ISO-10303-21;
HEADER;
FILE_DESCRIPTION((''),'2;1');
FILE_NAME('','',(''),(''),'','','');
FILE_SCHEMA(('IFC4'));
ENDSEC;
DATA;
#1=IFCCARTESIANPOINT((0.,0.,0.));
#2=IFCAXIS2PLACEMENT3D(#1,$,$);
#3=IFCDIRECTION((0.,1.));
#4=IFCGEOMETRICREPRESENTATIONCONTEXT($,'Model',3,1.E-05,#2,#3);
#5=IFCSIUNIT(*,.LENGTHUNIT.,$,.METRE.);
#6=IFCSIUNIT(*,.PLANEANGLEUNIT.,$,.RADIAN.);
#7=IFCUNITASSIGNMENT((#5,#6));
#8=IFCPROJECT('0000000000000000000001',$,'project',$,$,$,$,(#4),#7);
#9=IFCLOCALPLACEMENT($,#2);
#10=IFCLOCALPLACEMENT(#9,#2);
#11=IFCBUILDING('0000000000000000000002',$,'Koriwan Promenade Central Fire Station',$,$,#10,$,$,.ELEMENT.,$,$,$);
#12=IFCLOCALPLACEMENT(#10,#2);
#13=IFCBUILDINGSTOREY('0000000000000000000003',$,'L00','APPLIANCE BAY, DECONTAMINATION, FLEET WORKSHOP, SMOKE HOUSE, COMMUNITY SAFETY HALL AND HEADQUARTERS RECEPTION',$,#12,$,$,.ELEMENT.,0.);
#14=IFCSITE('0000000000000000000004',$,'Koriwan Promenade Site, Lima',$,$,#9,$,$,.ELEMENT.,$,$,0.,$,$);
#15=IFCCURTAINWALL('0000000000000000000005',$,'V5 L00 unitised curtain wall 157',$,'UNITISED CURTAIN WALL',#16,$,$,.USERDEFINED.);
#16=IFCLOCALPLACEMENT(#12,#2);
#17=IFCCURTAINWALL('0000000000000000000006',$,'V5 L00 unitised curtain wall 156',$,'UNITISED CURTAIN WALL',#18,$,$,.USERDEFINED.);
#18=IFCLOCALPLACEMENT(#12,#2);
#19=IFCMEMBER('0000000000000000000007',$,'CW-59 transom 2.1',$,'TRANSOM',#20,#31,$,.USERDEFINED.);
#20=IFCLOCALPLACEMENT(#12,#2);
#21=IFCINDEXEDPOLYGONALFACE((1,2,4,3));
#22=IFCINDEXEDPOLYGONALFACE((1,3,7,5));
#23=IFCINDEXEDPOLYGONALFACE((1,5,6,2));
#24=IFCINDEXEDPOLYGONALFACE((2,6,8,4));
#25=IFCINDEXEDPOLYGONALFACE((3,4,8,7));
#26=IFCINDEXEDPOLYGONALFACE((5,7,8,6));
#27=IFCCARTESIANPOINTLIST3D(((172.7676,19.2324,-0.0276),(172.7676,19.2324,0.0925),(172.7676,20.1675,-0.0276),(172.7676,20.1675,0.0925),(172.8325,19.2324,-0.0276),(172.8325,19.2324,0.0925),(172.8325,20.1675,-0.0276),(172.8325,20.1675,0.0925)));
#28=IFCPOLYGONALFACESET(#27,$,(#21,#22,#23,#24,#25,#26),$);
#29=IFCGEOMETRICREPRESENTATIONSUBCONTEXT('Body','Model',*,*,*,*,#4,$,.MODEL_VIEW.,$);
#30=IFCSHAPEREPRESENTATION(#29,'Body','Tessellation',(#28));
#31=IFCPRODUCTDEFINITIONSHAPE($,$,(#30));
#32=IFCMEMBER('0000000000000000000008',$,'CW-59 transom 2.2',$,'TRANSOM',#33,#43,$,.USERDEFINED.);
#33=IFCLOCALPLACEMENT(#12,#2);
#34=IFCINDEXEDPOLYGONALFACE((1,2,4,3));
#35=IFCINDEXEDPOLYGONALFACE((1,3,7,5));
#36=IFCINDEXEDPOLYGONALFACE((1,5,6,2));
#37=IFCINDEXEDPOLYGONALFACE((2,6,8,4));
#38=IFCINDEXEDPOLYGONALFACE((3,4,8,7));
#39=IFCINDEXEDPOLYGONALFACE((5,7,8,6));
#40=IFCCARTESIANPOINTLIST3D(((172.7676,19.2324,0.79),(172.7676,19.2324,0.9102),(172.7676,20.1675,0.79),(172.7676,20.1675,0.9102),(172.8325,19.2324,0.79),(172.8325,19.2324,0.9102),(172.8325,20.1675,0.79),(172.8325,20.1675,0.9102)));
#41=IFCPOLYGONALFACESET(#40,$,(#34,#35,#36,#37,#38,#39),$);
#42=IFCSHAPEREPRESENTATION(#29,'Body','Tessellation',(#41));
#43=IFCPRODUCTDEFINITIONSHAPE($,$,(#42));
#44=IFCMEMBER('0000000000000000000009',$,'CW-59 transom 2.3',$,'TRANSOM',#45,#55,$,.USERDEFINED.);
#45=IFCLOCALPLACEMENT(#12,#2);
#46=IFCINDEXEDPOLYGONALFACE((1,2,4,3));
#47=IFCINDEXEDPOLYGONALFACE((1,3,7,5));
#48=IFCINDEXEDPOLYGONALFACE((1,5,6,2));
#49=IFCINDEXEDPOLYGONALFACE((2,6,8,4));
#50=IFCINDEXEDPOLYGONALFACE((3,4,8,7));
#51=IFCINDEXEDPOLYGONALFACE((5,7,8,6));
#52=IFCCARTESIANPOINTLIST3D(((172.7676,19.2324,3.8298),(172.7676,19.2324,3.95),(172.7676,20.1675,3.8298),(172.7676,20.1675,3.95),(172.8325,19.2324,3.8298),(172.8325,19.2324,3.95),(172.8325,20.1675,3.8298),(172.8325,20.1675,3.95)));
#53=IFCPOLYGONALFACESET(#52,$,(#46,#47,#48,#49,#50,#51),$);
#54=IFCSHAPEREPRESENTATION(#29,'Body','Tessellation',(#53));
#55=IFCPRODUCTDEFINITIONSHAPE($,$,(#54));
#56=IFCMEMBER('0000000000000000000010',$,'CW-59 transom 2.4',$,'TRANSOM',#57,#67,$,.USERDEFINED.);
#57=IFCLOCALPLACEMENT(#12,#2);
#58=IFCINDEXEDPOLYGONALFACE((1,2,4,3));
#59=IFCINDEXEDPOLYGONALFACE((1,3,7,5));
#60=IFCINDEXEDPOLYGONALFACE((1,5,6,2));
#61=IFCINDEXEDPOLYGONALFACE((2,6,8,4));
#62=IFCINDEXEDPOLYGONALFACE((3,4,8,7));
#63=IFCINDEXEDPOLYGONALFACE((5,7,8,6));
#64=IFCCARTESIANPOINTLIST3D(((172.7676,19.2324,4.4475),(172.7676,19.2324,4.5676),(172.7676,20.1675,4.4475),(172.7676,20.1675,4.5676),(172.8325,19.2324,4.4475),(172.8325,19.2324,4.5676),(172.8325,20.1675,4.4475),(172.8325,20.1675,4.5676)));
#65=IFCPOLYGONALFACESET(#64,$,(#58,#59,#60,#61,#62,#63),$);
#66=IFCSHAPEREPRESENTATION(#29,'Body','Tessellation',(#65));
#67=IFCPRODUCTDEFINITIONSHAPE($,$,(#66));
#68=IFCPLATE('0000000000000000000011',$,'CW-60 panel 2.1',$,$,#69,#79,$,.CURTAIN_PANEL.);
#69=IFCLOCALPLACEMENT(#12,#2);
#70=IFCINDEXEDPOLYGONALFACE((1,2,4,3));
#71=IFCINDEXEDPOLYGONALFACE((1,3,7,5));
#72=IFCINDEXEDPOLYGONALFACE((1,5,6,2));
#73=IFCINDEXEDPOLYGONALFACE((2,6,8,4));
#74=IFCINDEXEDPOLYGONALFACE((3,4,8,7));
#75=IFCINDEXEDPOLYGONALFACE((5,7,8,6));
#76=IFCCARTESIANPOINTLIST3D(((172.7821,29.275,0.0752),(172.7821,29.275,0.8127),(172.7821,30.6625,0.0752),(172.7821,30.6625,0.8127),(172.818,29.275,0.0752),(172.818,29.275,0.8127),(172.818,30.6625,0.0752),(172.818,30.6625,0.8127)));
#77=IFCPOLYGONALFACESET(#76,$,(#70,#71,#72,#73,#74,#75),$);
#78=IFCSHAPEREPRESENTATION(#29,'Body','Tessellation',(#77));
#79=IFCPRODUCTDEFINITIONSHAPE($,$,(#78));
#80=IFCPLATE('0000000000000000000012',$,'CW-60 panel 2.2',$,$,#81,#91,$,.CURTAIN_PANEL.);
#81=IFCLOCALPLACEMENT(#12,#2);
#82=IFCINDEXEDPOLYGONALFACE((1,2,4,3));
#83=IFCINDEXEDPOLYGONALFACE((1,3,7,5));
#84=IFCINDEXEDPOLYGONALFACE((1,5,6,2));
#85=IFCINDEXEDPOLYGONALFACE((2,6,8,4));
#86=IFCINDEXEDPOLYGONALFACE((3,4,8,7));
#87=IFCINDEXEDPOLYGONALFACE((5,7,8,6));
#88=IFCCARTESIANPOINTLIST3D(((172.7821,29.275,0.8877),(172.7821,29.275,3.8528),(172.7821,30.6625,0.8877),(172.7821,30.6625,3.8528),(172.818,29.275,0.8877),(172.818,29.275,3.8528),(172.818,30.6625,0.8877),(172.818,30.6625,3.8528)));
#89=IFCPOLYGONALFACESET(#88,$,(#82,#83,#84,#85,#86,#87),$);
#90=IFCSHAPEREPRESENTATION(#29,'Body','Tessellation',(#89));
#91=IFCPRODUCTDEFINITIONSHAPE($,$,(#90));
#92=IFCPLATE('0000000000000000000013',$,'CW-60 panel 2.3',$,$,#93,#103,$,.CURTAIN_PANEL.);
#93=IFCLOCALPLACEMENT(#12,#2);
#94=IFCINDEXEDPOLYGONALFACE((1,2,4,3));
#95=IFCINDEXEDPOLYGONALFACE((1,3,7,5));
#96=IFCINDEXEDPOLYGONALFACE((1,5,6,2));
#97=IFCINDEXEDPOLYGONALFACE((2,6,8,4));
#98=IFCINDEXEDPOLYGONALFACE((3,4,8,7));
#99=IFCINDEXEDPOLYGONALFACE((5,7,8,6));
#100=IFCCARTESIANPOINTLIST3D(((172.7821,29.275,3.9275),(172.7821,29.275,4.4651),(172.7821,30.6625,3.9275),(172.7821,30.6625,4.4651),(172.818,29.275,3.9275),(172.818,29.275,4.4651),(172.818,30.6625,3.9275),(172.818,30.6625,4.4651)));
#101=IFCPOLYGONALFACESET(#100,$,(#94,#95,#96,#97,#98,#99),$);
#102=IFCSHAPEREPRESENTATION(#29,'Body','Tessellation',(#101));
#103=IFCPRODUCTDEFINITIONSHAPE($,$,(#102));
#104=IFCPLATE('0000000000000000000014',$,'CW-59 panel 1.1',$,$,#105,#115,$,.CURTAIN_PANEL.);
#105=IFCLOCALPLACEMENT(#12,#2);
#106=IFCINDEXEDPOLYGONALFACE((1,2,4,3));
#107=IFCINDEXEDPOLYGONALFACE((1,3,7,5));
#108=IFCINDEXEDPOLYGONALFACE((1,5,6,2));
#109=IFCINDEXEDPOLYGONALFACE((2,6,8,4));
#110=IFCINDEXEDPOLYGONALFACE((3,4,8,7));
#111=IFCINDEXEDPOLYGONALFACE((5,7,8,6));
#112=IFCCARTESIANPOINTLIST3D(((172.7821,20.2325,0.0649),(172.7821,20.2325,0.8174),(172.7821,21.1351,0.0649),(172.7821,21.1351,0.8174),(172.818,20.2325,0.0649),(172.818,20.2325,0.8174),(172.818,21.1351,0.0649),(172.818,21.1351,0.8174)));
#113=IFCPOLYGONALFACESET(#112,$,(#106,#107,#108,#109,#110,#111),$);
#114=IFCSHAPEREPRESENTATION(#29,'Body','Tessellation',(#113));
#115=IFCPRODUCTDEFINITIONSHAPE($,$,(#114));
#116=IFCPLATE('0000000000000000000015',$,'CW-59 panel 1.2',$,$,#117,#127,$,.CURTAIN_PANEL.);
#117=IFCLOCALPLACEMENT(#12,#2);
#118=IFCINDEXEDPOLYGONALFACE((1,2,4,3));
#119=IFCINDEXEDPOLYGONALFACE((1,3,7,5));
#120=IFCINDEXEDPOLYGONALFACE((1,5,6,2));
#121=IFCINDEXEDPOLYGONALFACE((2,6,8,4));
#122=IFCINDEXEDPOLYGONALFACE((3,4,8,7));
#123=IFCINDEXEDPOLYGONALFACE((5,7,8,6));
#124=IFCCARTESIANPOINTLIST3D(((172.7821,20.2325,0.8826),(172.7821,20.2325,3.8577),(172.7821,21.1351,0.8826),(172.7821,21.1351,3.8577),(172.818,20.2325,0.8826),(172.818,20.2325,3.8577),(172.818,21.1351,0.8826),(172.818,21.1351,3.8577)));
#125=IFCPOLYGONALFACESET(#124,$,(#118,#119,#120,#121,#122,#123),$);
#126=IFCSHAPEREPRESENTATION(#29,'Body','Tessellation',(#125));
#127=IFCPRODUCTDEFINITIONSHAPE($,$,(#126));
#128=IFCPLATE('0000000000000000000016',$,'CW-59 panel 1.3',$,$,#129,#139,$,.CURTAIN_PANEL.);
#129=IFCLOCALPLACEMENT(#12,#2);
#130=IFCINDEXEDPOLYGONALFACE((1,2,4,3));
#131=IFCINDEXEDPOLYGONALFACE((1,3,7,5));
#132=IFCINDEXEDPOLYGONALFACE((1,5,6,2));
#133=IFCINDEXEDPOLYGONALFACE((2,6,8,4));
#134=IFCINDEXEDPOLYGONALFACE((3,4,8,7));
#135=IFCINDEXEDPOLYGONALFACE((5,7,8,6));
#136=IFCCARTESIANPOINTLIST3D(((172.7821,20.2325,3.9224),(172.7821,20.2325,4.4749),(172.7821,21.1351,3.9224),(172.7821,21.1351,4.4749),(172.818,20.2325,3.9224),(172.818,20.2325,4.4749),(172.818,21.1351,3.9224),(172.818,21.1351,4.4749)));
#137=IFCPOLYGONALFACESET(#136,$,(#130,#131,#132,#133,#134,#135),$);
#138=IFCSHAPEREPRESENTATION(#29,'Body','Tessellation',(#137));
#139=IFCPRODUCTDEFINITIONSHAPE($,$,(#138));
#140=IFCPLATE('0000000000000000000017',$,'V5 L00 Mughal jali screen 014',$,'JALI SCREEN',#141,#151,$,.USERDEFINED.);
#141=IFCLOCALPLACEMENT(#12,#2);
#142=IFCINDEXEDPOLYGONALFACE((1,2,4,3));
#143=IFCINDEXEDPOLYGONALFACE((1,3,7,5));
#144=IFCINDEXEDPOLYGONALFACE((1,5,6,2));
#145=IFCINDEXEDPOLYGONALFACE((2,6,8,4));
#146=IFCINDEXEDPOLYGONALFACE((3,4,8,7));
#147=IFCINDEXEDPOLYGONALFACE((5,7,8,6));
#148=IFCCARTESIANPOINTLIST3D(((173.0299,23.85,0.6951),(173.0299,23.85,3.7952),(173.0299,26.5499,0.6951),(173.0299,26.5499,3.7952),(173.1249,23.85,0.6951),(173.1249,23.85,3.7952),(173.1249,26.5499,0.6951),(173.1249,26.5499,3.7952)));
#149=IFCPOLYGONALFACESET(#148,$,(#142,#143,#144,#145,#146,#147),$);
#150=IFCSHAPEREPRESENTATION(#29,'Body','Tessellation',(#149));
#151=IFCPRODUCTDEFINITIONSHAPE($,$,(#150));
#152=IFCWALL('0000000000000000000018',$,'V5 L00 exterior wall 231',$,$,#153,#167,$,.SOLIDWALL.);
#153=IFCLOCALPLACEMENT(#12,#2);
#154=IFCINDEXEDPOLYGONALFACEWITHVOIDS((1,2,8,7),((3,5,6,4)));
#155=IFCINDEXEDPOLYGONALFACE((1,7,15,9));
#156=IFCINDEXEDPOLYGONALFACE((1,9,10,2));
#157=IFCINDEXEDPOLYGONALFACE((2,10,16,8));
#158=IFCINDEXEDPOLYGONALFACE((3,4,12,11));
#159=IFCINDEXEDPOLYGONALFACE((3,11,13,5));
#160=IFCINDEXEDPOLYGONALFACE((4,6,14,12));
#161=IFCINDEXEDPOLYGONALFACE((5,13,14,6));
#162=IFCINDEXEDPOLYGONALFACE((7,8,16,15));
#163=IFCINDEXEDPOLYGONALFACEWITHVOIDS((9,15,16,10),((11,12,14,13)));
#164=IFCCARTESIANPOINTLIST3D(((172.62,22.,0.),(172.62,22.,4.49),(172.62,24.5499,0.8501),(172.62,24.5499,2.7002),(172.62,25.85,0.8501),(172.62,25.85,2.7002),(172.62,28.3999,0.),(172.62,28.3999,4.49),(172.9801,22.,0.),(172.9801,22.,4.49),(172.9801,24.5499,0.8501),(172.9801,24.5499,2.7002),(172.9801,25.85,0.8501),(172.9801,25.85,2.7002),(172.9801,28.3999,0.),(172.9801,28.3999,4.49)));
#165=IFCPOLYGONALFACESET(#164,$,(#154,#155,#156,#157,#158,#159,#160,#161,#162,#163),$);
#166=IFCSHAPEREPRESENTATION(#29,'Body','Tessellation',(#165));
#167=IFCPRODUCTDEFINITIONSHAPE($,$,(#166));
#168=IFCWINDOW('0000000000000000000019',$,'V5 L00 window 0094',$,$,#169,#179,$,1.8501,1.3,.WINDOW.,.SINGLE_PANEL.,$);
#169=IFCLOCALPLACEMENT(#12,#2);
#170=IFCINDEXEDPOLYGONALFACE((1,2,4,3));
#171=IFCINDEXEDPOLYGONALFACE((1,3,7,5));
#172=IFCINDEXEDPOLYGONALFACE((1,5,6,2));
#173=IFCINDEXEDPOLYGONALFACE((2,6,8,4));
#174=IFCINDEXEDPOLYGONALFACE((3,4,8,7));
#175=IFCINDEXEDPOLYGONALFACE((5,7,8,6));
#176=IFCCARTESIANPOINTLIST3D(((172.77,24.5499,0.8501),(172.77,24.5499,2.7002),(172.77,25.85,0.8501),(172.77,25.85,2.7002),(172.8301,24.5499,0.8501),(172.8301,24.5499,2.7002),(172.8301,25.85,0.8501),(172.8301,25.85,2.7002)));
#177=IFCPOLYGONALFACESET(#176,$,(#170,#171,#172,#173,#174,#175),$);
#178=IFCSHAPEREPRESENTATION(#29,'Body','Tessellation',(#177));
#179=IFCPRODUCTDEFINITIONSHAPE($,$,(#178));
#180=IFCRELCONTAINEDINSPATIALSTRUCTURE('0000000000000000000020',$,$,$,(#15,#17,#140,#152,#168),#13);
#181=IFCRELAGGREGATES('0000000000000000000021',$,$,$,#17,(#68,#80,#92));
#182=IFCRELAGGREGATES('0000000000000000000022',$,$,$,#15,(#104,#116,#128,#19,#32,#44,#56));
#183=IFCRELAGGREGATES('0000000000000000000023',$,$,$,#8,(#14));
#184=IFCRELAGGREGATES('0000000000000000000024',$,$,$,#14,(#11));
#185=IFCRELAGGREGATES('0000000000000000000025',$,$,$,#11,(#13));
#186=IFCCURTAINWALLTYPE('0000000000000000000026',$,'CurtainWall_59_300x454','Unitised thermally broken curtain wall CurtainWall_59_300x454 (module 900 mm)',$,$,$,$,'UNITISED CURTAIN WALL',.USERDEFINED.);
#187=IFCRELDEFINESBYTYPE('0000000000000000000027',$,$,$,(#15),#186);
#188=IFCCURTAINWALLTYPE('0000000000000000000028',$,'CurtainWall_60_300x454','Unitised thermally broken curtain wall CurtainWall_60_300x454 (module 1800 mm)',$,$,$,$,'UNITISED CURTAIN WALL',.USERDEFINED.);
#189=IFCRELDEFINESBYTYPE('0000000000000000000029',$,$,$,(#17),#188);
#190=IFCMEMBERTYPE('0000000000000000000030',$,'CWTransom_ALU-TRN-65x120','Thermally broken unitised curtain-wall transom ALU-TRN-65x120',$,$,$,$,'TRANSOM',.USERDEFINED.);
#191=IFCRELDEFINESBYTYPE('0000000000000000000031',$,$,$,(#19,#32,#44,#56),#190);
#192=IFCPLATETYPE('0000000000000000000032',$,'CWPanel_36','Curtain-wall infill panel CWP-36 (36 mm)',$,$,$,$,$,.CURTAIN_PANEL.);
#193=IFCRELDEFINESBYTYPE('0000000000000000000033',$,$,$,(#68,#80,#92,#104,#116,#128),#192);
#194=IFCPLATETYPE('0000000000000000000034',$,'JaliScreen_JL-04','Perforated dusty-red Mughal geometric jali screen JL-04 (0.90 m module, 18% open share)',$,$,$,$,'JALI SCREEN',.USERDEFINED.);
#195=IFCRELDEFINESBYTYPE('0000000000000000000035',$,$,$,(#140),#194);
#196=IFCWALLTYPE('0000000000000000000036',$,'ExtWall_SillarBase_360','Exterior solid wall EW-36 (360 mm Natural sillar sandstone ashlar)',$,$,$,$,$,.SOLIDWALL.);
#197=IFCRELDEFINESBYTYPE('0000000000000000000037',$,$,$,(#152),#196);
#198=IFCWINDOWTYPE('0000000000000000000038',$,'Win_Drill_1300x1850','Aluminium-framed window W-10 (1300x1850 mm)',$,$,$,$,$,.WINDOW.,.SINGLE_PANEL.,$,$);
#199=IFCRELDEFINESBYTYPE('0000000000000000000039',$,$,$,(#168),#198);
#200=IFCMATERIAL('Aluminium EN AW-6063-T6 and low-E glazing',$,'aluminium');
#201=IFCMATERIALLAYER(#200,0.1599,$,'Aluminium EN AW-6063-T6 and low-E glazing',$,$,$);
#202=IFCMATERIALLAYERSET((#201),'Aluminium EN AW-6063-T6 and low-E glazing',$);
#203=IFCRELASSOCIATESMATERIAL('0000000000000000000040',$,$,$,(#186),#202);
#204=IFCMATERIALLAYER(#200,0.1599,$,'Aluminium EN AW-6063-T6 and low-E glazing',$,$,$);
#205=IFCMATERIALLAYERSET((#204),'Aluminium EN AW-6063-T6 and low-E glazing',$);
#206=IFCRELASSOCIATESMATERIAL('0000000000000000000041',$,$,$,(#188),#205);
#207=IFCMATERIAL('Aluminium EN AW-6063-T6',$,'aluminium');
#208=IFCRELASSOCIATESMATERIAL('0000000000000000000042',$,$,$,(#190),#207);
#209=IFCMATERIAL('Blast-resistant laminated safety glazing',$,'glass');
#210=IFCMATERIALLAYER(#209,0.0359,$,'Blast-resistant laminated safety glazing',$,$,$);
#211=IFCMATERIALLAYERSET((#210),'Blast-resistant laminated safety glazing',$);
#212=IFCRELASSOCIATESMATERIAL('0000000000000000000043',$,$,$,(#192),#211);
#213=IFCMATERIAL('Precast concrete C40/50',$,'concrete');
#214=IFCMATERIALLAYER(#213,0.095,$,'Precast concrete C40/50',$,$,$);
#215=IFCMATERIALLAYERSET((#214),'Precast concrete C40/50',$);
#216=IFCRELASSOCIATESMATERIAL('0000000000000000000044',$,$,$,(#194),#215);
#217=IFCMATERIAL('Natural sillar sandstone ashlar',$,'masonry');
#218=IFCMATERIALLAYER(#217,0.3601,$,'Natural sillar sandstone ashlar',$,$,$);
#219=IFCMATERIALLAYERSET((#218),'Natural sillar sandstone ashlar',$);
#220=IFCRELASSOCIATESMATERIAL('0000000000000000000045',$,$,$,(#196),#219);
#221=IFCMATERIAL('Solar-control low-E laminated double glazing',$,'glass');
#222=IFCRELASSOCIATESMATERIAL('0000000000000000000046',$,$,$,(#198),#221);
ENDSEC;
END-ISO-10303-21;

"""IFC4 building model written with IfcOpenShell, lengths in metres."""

from ifc_helpers import new_model, si_unit, direction, frame, frame_2d, origin, origin_2d, place, context, subcontext, project, spatial, rectangle, extrude, material, layer, layer_set, material_profile, profile_set, type_object, element, fill, aggregate, save


model = new_model("IFC4")

# Units and contexts
model_context = context("Model", 3, precision=1e-05, world=origin(), true_north=direction((0.0, 1.0)))
body_context = subcontext(model_context, "Body", "Model", "MODEL_VIEW")
ifc_project = project(units=[si_unit("LENGTHUNIT", "METRE"), si_unit("PLANEANGLEUNIT", "RADIAN")], contexts=[model_context])

# Site, building, storey
site_placement = place(None, origin())
site = spatial("IfcSite", under=ifc_project, at=site_placement, Name="Koriwan Promenade Site, Lima", CompositionType="ELEMENT", RefElevation=0.0)
building_placement = place(site_placement, origin())
building = spatial("IfcBuilding", under=site, at=building_placement, Name="Koriwan Promenade Central Fire Station", CompositionType="ELEMENT")
storey_placement = place(building_placement, origin())
storey = spatial("IfcBuildingStorey", under=building, at=storey_placement, Name="L00", Description="APPLIANCE BAY, DECONTAMINATION, FLEET WORKSHOP, SMOKE HOUSE, COMMUNITY SAFETY HALL AND HEADQUARTERS RECEPTION", CompositionType="ELEMENT", Elevation=0.0)

# Curtain wall
ifc_material_1 = material(Name="Aluminium EN AW-6063-T6 and low-E glazing", Category="aluminium")
ifc_layer_1 = layer(ifc_material_1, 0.1599, Name="Aluminium EN AW-6063-T6 and low-E glazing")
ifc_layer_set_1 = layer_set([ifc_layer_1], Name="Aluminium EN AW-6063-T6 and low-E glazing")
curtain_wall_type_1 = type_object("IfcCurtainWallType", Name="CurtainWall_59_300x454", Description="Unitised thermally broken curtain wall CurtainWall_59_300x454 (module 900 mm)", ElementType="UNITISED CURTAIN WALL", PredefinedType="USERDEFINED", material=ifc_layer_set_1)
curtain_wall_1_placement = place(storey_placement, origin())
curtain_wall_1 = element("IfcCurtainWall", 1, at=curtain_wall_1_placement, inside=storey, type_object=curtain_wall_type_1, Name="V5 L00 unitised curtain wall 157", ObjectType="UNITISED CURTAIN WALL", PredefinedType="USERDEFINED")
ifc_material_2 = material(Name="Aluminium EN AW-6063-T6", Category="aluminium")

# Curtain wall
ifc_layer_2 = layer(ifc_material_1, 0.1599, Name="Aluminium EN AW-6063-T6 and low-E glazing")
ifc_layer_set_2 = layer_set([ifc_layer_2], Name="Aluminium EN AW-6063-T6 and low-E glazing")
curtain_wall_type_2 = type_object("IfcCurtainWallType", Name="CurtainWall_60_300x454", Description="Unitised thermally broken curtain wall CurtainWall_60_300x454 (module 1800 mm)", ElementType="UNITISED CURTAIN WALL", PredefinedType="USERDEFINED", material=ifc_layer_set_2)
curtain_wall_2_placement = place(storey_placement, origin())
curtain_wall_2 = element("IfcCurtainWall", 2, at=curtain_wall_2_placement, inside=storey, type_object=curtain_wall_type_2, Name="V5 L00 unitised curtain wall 156", ObjectType="UNITISED CURTAIN WALL", PredefinedType="USERDEFINED")

# Members
ifc_material_profile_1 = material_profile(ifc_material_2, rectangle(XDim=0.0649, YDim=0.1201, at=origin_2d()), Name="ALU-TRN-65x120")
ifc_profile_set_1 = profile_set([ifc_material_profile_1], Name="Aluminium EN AW-6063-T6")
member_type_1 = type_object("IfcMemberType", Name="CWTransom_ALU-TRN-65x120", Description="Thermally broken unitised curtain-wall transom ALU-TRN-65x120", ElementType="TRANSOM", PredefinedType="USERDEFINED", material=ifc_profile_set_1)
member_1_placement = place(storey_placement, frame((172.8, 20.1675, 0.0325), z_axis=(0.0, -1.0, 0.0), x_axis=(1.0, 0.0, 0.0)))
member_1 = element("IfcMember", 3, at=member_1_placement, type_object=member_type_1, Name="CW-59 transom 2.1", ObjectType="TRANSOM", PredefinedType="USERDEFINED", context=body_context, shape_type="SweptSolid", body=[
    extrude(rectangle(XDim=0.0649, YDim=0.1201, at=origin_2d()), origin(), (0.0, 0.0, 1.0), 0.9351),
])
member_2_placement = place(storey_placement, frame((172.8, 20.1675, 0.8501), z_axis=(0.0, -1.0, 0.0), x_axis=(1.0, 0.0, 0.0)))
member_2 = element("IfcMember", 4, at=member_2_placement, type_object=member_type_1, Name="CW-59 transom 2.2", ObjectType="TRANSOM", PredefinedType="USERDEFINED", context=body_context, shape_type="SweptSolid", body=[
    extrude(rectangle(XDim=0.0649, YDim=0.1201, at=origin_2d()), origin(), (0.0, 0.0, 1.0), 0.9351),
])
member_3_placement = place(storey_placement, frame((172.8, 20.1675, 3.8899), z_axis=(0.0, -1.0, 0.0), x_axis=(1.0, 0.0, 0.0)))
member_3 = element("IfcMember", 5, at=member_3_placement, type_object=member_type_1, Name="CW-59 transom 2.3", ObjectType="TRANSOM", PredefinedType="USERDEFINED", context=body_context, shape_type="SweptSolid", body=[
    extrude(rectangle(XDim=0.0649, YDim=0.1201, at=origin_2d()), origin(), (0.0, 0.0, 1.0), 0.9351),
])
member_4_placement = place(storey_placement, frame((172.8, 20.1675, 4.5076), z_axis=(0.0, -1.0, 0.0), x_axis=(1.0, 0.0, 0.0)))
member_4 = element("IfcMember", 6, at=member_4_placement, type_object=member_type_1, Name="CW-59 transom 2.4", ObjectType="TRANSOM", PredefinedType="USERDEFINED", context=body_context, shape_type="SweptSolid", body=[
    extrude(rectangle(XDim=0.0649, YDim=0.1201, at=origin_2d()), origin(), (0.0, 0.0, 1.0), 0.9351),
])

# Plates
ifc_material_3 = material(Name="Blast-resistant laminated safety glazing", Category="glass")
ifc_layer_3 = layer(ifc_material_3, 0.0359, Name="Blast-resistant laminated safety glazing")
ifc_layer_set_3 = layer_set([ifc_layer_3], Name="Blast-resistant laminated safety glazing")
plate_type_1 = type_object("IfcPlateType", Name="CWPanel_36", Description="Curtain-wall infill panel CWP-36 (36 mm)", PredefinedType="CURTAIN_PANEL", material=ifc_layer_set_3)
plate_1_placement = place(storey_placement, frame((172.8, 29.9688, 0.0752), z_axis=(0.0, 0.0, 1.0), x_axis=(0.0, -1.0, 0.0)))
plate_1 = element("IfcPlate", 7, at=plate_1_placement, type_object=plate_type_1, Name="CW-60 panel 2.1", PredefinedType="CURTAIN_PANEL", context=body_context, shape_type="SweptSolid", body=[
    extrude(rectangle(XDim=1.3875, YDim=0.0359, at=origin_2d()), origin(), (0.0, 0.0, 1.0), 0.7375),
])
plate_2_placement = place(storey_placement, frame((172.8, 29.9688, 0.8877), z_axis=(0.0, 0.0, 1.0), x_axis=(0.0, -1.0, 0.0)))
plate_2 = element("IfcPlate", 8, at=plate_2_placement, type_object=plate_type_1, Name="CW-60 panel 2.2", PredefinedType="CURTAIN_PANEL", context=body_context, shape_type="SweptSolid", body=[
    extrude(rectangle(XDim=1.3875, YDim=0.0359, at=origin_2d()), origin(), (0.0, 0.0, 1.0), 2.9651),
])
plate_3_placement = place(storey_placement, frame((172.8, 29.9688, 3.9275), z_axis=(0.0, 0.0, 1.0), x_axis=(0.0, -1.0, 0.0)))
plate_3 = element("IfcPlate", 9, at=plate_3_placement, type_object=plate_type_1, Name="CW-60 panel 2.3", PredefinedType="CURTAIN_PANEL", context=body_context, shape_type="SweptSolid", body=[
    extrude(rectangle(XDim=1.3875, YDim=0.0359, at=origin_2d()), origin(), (0.0, 0.0, 1.0), 0.5376),
])
aggregate(curtain_wall_2, [plate_1, plate_2, plate_3])
plate_4_placement = place(storey_placement, frame((172.8, 20.6838, 0.0649), z_axis=(0.0, 0.0, 1.0), x_axis=(0.0, -1.0, 0.0)))
plate_4 = element("IfcPlate", 10, at=plate_4_placement, type_object=plate_type_1, Name="CW-59 panel 1.1", PredefinedType="CURTAIN_PANEL", context=body_context, shape_type="SweptSolid", body=[
    extrude(rectangle(XDim=0.9026, YDim=0.0359, at=origin_2d()), origin(), (0.0, 0.0, 1.0), 0.7524),
])
plate_5_placement = place(storey_placement, frame((172.8, 20.6838, 0.8826), z_axis=(0.0, 0.0, 1.0), x_axis=(0.0, -1.0, 0.0)))
plate_5 = element("IfcPlate", 11, at=plate_5_placement, type_object=plate_type_1, Name="CW-59 panel 1.2", PredefinedType="CURTAIN_PANEL", context=body_context, shape_type="SweptSolid", body=[
    extrude(rectangle(XDim=0.9026, YDim=0.0359, at=origin_2d()), origin(), (0.0, 0.0, 1.0), 2.9751),
])
plate_6_placement = place(storey_placement, frame((172.8, 20.6838, 3.9224), z_axis=(0.0, 0.0, 1.0), x_axis=(0.0, -1.0, 0.0)))
plate_6 = element("IfcPlate", 12, at=plate_6_placement, type_object=plate_type_1, Name="CW-59 panel 1.3", PredefinedType="CURTAIN_PANEL", context=body_context, shape_type="SweptSolid", body=[
    extrude(rectangle(XDim=0.9026, YDim=0.0359, at=origin_2d()), origin(), (0.0, 0.0, 1.0), 0.5525),
])
aggregate(curtain_wall_1, [plate_4, plate_5, plate_6, member_1, member_2, member_3, member_4])
ifc_material_4 = material(Name="Precast concrete C40/50", Category="concrete")
ifc_layer_4 = layer(ifc_material_4, 0.095, Name="Precast concrete C40/50")
ifc_layer_set_4 = layer_set([ifc_layer_4], Name="Precast concrete C40/50")
plate_type_2 = type_object("IfcPlateType", Name="JaliScreen_JL-04", Description="Perforated dusty-red Mughal geometric jali screen JL-04 (0.90 m module, 18% open share)", ElementType="JALI SCREEN", PredefinedType="USERDEFINED", material=ifc_layer_set_4)
plate_7_placement = place(storey_placement, frame((173.0774, 25.2, 0.6951), z_axis=(0.0, 0.0, 1.0), x_axis=(0.0, -1.0, 0.0)))
element("IfcPlate", 13, at=plate_7_placement, inside=storey, type_object=plate_type_2, Name="V5 L00 Mughal jali screen 014", ObjectType="JALI SCREEN", PredefinedType="USERDEFINED", context=body_context, shape_type="SweptSolid", body=[
    extrude(rectangle(XDim=2.7, YDim=0.095, at=origin_2d()), origin(), (0.0, 0.0, 1.0), 3.1001),
])

# Wall, opening, window
ifc_material_5 = material(Name="Natural sillar sandstone ashlar", Category="masonry")
ifc_layer_5 = layer(ifc_material_5, 0.3601, Name="Natural sillar sandstone ashlar")
ifc_layer_set_5 = layer_set([ifc_layer_5], Name="Natural sillar sandstone ashlar")
wall_type_1 = type_object("IfcWallType", Name="ExtWall_SillarBase_360", Description="Exterior solid wall EW-36 (360 mm Natural sillar sandstone ashlar)", PredefinedType="SOLIDWALL", material=ifc_layer_set_5)
wall_1_placement = place(storey_placement, frame((172.8, 28.3999, 0.0), z_axis=(0.0, 0.0, 1.0), x_axis=(0.0, -1.0, 0.0)))
wall_1 = element("IfcWall", 14, at=wall_1_placement, inside=storey, type_object=wall_type_1, Name="V5 L00 exterior wall 231", PredefinedType="SOLIDWALL", context=body_context, shape_type="SweptSolid", body=[
    extrude(rectangle(XDim=6.3999, YDim=0.3601, at=frame_2d((3.2, 0.0))), origin(), (0.0, 0.0, 1.0), 4.49),
])
opening_placement = place(wall_1_placement, frame((2.55, 0.0, 0.8501)))
opening = element("IfcOpeningElement", 15, at=opening_placement, cuts=wall_1, PredefinedType="OPENING", context=body_context, shape_type="SweptSolid", body=[
    extrude(rectangle(XDim=1.3, YDim=1.8501, at=frame_2d((0.6499, 0.925))), frame((0.0, 0.1919, 0.0), z_axis=(0.0, -1.0, 0.0), x_axis=(1.0, 0.0, 0.0)), (0.0, 0.0, 1.0), 0.384),
])
ifc_material_6 = material(Name="Solar-control low-E laminated double glazing", Category="glass")
window_type = type_object("IfcWindowType", Name="Win_Drill_1300x1850", Description="Aluminium-framed window W-10 (1300x1850 mm)", PartitioningType="SINGLE_PANEL", PredefinedType="WINDOW", material=ifc_material_6)
window_placement = place(opening_placement, origin())
window = element("IfcWindow", 16, at=window_placement, inside=storey, type_object=window_type, Name="V5 L00 window 0094", OverallHeight=1.8501, OverallWidth=1.3, PartitioningType="SINGLE_PANEL", PredefinedType="WINDOW", context=body_context, shape_type="SweptSolid", body=[
    extrude(rectangle(XDim=1.3, YDim=1.8501, at=frame_2d((0.6499, 0.925))), frame((0.0, 0.03, 0.0), z_axis=(0.0, -1.0, 0.0), x_axis=(1.0, 0.0, 0.0)), (0.0, 0.0, 1.0), 0.0601),
])
fill(opening, window)

save(model, "model.ifc")
